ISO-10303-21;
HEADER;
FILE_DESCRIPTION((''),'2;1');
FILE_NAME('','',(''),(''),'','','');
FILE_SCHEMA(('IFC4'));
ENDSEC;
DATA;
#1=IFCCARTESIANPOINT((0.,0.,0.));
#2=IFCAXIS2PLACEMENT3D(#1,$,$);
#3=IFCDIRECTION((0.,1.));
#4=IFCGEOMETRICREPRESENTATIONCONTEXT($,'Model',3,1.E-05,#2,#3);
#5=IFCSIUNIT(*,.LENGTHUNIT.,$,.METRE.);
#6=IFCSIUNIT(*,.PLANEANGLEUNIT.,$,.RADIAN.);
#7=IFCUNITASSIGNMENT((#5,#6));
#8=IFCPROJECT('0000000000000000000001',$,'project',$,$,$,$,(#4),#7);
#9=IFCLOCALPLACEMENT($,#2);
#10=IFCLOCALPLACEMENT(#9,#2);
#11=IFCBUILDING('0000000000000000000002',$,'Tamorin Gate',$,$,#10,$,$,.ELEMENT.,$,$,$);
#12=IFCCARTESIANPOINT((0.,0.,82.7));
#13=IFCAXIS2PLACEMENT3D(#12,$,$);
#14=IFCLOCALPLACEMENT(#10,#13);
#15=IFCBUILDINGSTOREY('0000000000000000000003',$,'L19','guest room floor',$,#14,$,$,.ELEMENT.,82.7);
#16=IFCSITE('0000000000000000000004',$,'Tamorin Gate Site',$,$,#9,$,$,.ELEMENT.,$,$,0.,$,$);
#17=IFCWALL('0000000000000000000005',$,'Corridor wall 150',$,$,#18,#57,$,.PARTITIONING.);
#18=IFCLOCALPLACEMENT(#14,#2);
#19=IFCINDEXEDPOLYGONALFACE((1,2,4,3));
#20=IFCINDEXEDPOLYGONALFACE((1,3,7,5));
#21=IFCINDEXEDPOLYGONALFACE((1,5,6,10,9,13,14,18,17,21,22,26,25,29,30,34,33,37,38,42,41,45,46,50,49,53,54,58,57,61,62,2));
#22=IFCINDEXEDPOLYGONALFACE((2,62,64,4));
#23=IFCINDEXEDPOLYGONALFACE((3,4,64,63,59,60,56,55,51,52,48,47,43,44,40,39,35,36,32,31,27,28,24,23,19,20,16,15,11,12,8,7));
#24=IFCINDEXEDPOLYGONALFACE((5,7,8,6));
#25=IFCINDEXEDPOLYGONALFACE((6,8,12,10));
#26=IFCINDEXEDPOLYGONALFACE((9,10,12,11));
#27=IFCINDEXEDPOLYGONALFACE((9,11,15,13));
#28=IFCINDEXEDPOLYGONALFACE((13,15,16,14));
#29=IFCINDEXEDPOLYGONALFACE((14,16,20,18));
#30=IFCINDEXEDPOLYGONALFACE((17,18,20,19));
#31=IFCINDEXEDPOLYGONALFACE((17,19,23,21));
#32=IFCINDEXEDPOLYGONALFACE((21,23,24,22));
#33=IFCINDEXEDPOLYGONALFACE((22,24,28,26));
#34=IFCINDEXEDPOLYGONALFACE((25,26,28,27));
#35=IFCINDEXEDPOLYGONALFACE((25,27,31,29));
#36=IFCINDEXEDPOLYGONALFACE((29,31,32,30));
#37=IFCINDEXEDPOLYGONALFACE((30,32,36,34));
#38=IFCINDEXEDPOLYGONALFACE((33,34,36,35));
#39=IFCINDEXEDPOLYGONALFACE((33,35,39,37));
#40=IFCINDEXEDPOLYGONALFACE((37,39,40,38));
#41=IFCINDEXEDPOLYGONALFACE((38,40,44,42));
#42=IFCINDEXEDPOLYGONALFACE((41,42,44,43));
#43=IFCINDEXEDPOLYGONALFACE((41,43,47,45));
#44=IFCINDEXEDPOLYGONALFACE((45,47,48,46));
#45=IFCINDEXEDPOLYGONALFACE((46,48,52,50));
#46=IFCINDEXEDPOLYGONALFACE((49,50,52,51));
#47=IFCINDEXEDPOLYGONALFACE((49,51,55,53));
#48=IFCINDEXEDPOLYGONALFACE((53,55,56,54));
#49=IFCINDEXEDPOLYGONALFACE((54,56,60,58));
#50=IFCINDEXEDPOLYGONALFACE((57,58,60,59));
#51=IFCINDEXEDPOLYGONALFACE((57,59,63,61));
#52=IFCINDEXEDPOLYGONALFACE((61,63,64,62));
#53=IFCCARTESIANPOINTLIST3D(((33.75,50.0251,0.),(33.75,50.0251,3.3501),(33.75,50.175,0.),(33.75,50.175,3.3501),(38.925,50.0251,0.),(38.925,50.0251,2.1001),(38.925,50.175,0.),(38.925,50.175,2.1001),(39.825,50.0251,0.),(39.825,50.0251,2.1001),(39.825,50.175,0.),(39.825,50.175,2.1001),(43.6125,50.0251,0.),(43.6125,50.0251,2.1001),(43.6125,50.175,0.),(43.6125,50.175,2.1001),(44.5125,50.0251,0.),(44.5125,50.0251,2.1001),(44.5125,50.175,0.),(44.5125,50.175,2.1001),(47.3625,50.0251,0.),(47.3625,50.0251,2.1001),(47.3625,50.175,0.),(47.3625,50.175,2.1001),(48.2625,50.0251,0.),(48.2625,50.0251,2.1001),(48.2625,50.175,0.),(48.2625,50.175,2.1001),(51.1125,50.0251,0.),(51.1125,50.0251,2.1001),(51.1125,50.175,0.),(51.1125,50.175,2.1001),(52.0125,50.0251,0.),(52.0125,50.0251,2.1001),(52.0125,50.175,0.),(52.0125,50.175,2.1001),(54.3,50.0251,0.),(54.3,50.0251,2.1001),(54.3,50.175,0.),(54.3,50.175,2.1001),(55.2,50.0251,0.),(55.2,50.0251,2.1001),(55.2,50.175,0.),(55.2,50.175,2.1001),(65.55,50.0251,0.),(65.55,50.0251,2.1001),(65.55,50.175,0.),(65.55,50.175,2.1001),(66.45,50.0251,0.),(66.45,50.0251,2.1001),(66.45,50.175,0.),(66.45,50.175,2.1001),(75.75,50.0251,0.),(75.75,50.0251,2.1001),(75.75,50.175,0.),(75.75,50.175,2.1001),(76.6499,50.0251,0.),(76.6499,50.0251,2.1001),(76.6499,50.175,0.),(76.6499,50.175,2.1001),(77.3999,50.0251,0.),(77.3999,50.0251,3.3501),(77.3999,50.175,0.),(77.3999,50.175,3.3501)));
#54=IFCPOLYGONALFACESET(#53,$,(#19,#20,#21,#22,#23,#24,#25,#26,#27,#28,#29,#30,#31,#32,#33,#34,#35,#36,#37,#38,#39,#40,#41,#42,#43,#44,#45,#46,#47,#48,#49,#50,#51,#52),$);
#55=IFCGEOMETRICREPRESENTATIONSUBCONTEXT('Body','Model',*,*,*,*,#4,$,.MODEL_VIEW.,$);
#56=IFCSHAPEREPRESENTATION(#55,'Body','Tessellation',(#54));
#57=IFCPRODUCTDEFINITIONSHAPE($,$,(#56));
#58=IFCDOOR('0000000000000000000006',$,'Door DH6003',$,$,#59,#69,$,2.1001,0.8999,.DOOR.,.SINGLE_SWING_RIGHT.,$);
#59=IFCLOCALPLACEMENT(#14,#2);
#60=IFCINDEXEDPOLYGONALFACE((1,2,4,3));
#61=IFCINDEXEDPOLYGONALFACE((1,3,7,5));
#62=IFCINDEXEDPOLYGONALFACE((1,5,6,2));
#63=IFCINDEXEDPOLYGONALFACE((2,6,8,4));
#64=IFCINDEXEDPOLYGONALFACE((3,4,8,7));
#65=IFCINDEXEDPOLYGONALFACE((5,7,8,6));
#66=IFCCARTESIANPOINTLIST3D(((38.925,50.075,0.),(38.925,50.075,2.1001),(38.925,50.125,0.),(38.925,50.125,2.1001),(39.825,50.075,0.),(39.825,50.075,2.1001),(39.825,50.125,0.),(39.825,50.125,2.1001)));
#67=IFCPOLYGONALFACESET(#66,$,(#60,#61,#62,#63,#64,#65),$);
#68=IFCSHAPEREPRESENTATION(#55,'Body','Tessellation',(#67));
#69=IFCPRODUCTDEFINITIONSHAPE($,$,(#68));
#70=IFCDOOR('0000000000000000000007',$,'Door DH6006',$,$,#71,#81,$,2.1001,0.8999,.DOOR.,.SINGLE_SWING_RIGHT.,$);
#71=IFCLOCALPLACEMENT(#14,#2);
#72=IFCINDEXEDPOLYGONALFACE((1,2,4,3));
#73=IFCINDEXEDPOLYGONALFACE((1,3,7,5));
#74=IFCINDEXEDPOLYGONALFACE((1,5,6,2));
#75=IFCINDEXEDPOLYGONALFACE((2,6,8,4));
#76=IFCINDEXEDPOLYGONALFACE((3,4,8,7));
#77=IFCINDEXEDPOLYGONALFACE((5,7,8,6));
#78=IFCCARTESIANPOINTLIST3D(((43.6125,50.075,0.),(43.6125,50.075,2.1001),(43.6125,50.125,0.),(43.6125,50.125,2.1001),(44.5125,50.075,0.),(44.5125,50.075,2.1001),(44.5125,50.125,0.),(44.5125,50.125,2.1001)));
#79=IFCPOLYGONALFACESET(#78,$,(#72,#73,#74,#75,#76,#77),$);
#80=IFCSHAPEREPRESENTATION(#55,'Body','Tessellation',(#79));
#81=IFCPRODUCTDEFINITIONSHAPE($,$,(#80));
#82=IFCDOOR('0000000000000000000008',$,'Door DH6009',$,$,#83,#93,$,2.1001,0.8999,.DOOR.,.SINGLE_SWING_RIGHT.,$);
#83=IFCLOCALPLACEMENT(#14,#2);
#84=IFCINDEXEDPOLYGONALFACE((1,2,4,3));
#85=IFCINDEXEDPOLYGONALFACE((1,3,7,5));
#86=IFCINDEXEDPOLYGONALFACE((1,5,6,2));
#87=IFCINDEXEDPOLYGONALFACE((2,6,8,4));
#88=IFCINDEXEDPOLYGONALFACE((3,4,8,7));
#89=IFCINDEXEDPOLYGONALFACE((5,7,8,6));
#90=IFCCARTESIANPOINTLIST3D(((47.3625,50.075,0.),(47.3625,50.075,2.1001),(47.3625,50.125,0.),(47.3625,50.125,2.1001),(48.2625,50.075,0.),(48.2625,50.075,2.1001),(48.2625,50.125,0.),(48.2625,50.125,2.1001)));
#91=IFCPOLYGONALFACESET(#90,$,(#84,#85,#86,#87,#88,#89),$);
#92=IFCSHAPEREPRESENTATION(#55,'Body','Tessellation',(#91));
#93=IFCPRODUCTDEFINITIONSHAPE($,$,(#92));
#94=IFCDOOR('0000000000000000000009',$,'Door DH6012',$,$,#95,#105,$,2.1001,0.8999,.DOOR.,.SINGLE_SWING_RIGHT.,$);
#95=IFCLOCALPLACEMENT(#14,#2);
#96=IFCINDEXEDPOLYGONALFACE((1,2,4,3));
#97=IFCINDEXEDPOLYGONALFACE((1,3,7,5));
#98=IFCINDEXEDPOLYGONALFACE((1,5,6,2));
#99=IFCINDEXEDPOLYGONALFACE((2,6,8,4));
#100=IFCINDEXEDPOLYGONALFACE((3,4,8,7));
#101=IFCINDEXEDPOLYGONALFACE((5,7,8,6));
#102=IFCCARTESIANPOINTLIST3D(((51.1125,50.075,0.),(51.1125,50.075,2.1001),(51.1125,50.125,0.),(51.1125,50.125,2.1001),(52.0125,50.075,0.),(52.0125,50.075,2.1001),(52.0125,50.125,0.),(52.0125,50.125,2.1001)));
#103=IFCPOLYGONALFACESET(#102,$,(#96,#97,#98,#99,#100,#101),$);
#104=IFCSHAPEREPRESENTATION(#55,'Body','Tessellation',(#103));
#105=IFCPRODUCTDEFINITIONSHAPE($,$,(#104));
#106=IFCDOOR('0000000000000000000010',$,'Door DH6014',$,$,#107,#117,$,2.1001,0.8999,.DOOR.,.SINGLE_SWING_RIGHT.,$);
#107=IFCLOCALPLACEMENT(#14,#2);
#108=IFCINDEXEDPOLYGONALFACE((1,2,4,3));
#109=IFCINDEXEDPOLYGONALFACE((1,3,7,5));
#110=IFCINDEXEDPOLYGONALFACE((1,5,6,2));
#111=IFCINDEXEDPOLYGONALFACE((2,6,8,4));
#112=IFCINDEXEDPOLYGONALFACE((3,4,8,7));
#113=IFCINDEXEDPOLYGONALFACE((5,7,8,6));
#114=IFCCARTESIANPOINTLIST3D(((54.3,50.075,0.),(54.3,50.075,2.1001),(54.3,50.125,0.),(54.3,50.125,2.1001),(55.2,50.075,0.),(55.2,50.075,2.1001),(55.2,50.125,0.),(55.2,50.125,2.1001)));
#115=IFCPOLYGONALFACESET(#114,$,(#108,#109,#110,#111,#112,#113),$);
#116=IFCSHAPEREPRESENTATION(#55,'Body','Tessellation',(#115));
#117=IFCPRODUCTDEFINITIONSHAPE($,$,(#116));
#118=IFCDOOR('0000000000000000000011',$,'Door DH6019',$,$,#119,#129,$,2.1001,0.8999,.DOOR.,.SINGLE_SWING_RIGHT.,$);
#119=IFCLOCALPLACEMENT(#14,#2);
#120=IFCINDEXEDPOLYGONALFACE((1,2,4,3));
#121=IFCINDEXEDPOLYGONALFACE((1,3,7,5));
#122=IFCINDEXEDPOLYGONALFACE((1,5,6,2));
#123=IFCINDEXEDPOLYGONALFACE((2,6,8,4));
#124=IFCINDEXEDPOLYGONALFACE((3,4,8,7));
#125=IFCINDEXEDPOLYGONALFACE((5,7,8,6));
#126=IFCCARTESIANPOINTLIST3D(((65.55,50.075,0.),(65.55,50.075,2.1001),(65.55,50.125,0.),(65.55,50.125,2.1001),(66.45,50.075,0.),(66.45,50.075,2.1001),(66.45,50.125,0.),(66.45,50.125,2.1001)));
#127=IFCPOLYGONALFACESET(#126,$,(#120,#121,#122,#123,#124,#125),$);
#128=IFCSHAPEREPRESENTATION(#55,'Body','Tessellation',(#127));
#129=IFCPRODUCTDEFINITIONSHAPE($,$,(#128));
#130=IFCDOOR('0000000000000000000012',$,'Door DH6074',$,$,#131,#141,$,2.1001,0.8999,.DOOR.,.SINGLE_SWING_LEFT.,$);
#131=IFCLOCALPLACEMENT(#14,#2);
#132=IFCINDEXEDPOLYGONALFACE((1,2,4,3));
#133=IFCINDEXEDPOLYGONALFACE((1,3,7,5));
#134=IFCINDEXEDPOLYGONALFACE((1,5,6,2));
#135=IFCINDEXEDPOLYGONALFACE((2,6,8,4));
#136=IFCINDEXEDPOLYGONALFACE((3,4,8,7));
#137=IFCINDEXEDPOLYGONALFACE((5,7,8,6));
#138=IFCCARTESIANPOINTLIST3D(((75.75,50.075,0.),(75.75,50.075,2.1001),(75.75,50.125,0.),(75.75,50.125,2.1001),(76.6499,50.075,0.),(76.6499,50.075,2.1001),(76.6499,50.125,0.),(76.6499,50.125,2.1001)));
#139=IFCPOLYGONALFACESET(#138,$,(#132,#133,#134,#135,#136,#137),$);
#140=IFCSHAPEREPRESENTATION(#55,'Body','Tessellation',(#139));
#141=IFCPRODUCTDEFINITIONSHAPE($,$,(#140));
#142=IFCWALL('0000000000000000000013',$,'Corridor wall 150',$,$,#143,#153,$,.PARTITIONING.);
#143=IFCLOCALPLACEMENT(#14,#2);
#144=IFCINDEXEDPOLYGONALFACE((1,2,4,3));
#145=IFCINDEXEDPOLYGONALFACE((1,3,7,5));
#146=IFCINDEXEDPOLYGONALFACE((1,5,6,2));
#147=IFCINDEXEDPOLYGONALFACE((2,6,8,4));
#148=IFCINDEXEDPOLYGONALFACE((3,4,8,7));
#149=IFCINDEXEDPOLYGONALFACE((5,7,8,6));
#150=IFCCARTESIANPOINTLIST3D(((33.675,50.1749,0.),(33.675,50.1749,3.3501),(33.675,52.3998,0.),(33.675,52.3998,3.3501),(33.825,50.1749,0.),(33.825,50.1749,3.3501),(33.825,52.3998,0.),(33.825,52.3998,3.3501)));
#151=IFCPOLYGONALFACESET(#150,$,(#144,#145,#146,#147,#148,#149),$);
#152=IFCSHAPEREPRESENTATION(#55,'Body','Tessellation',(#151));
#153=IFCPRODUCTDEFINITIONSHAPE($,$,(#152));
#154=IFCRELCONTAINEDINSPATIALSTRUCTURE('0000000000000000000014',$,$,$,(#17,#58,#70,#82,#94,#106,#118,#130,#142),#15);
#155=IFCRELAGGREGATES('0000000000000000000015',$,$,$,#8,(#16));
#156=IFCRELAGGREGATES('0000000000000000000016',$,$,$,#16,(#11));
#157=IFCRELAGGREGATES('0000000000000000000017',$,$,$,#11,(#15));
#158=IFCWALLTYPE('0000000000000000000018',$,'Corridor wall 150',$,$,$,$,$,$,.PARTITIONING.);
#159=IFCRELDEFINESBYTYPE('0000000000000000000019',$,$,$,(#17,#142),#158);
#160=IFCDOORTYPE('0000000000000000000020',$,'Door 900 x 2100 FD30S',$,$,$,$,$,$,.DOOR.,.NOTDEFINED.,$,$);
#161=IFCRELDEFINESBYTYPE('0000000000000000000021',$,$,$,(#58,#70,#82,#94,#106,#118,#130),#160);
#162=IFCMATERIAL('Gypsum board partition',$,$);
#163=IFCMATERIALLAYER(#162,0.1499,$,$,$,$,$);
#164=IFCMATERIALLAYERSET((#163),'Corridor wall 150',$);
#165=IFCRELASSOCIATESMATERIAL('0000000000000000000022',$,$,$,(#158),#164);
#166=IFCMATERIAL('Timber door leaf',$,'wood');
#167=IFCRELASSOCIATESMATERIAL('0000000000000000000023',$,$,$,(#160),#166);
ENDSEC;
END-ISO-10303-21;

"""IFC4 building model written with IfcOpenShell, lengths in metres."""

from ifc_helpers import new_model, si_unit, direction, frame, frame_2d, origin, place, context, subcontext, project, spatial, rectangle, extrude, material, layer, layer_set, type_object, element, fill, save


model = new_model("IFC4")

# Units and contexts
model_context = context("Model", 3, precision=1e-05, world=origin(), true_north=direction((0.0, 1.0)))
body_context = subcontext(model_context, "Body", "Model", "MODEL_VIEW")
ifc_project = project(units=[si_unit("LENGTHUNIT", "METRE"), si_unit("PLANEANGLEUNIT", "RADIAN")], contexts=[model_context])

# Site, building, storey
site_placement = place(None, origin())
site = spatial("IfcSite", under=ifc_project, at=site_placement, Name="Tamorin Gate Site", CompositionType="ELEMENT", RefElevation=0.0)
building_placement = place(site_placement, origin())
building = spatial("IfcBuilding", under=site, at=building_placement, Name="Tamorin Gate", CompositionType="ELEMENT")
storey_placement = place(building_placement, frame((0.0, 0.0, 82.7)))
storey = spatial("IfcBuildingStorey", under=building, at=storey_placement, Name="L19", Description="guest room floor", CompositionType="ELEMENT", Elevation=82.7)

# Wall, openings, doors
ifc_material_1 = material(Name="Gypsum board partition")
ifc_layer_1 = layer(ifc_material_1, 0.1499)
ifc_layer_set_1 = layer_set([ifc_layer_1], Name="Corridor wall 150")
wall_type_1 = type_object("IfcWallType", Name="Corridor wall 150", PredefinedType="PARTITIONING", material=ifc_layer_set_1)
wall_1_placement = place(storey_placement, frame((33.75, 50.1001, 0.0), z_axis=(0.0, 0.0, 1.0), x_axis=(1.0, 0.0, 0.0)))
wall_1 = element("IfcWall", 1, at=wall_1_placement, inside=storey, type_object=wall_type_1, Name="Corridor wall 150", PredefinedType="PARTITIONING", context=body_context, shape_type="SweptSolid", body=[
    extrude(rectangle(XDim=43.6499, YDim=0.1499, at=frame_2d((21.825, 0.0))), origin(), (0.0, 0.0, 1.0), 3.3501),
])
opening_1_placement = place(wall_1_placement, frame((5.175, 0.0, 0.0)))
opening_1 = element("IfcOpeningElement", 2, at=opening_1_placement, cuts=wall_1, PredefinedType="OPENING", context=body_context, shape_type="SweptSolid", body=[
    extrude(rectangle(XDim=0.8999, YDim=2.1001, at=frame_2d((0.45, 1.05))), frame((0.0, 0.085, 0.0), z_axis=(0.0, -1.0, 0.0), x_axis=(1.0, 0.0, 0.0)), (0.0, 0.0, 1.0), 0.1699),
])
opening_2_placement = place(wall_1_placement, frame((9.8625, 0.0, 0.0)))
opening_2 = element("IfcOpeningElement", 3, at=opening_2_placement, cuts=wall_1, PredefinedType="OPENING", context=body_context, shape_type="SweptSolid", body=[
    extrude(rectangle(XDim=0.8999, YDim=2.1001, at=frame_2d((0.45, 1.05))), frame((0.0, 0.085, 0.0), z_axis=(0.0, -1.0, 0.0), x_axis=(1.0, 0.0, 0.0)), (0.0, 0.0, 1.0), 0.1699),
])
opening_3_placement = place(wall_1_placement, frame((13.6125, 0.0, 0.0)))
opening_3 = element("IfcOpeningElement", 4, at=opening_3_placement, cuts=wall_1, PredefinedType="OPENING", context=body_context, shape_type="SweptSolid", body=[
    extrude(rectangle(XDim=0.8999, YDim=2.1001, at=frame_2d((0.45, 1.05))), frame((0.0, 0.085, 0.0), z_axis=(0.0, -1.0, 0.0), x_axis=(1.0, 0.0, 0.0)), (0.0, 0.0, 1.0), 0.1699),
])
opening_4_placement = place(wall_1_placement, frame((17.3625, 0.0, 0.0)))
opening_4 = element("IfcOpeningElement", 5, at=opening_4_placement, cuts=wall_1, PredefinedType="OPENING", context=body_context, shape_type="SweptSolid", body=[
    extrude(rectangle(XDim=0.8999, YDim=2.1001, at=frame_2d((0.45, 1.05))), frame((0.0, 0.085, 0.0), z_axis=(0.0, -1.0, 0.0), x_axis=(1.0, 0.0, 0.0)), (0.0, 0.0, 1.0), 0.1699),
])
opening_5_placement = place(wall_1_placement, frame((20.55, 0.0, 0.0)))
opening_5 = element("IfcOpeningElement", 6, at=opening_5_placement, cuts=wall_1, PredefinedType="OPENING", context=body_context, shape_type="SweptSolid", body=[
    extrude(rectangle(XDim=0.8999, YDim=2.1001, at=frame_2d((0.45, 1.05))), frame((0.0, 0.085, 0.0), z_axis=(0.0, -1.0, 0.0), x_axis=(1.0, 0.0, 0.0)), (0.0, 0.0, 1.0), 0.1699),
])
opening_6_placement = place(wall_1_placement, frame((31.8, 0.0, 0.0)))
opening_6 = element("IfcOpeningElement", 7, at=opening_6_placement, cuts=wall_1, PredefinedType="OPENING", context=body_context, shape_type="SweptSolid", body=[
    extrude(rectangle(XDim=0.8999, YDim=2.1001, at=frame_2d((0.45, 1.05))), frame((0.0, 0.085, 0.0), z_axis=(0.0, -1.0, 0.0), x_axis=(1.0, 0.0, 0.0)), (0.0, 0.0, 1.0), 0.1699),
])
opening_7_placement = place(wall_1_placement, frame((42.0, 0.0, 0.0)))
opening_7 = element("IfcOpeningElement", 8, at=opening_7_placement, cuts=wall_1, PredefinedType="OPENING", context=body_context, shape_type="SweptSolid", body=[
    extrude(rectangle(XDim=0.8999, YDim=2.1001, at=frame_2d((0.45, 1.05))), frame((0.0, 0.085, 0.0), z_axis=(0.0, -1.0, 0.0), x_axis=(1.0, 0.0, 0.0)), (0.0, 0.0, 1.0), 0.1699),
])
ifc_material_2 = material(Name="Timber door leaf", Category="wood")
door_type_1 = type_object("IfcDoorType", Name="Door 900 x 2100 FD30S", OperationType="NOTDEFINED", PredefinedType="DOOR", material=ifc_material_2)
door_1_placement = place(opening_1_placement, origin())
door_1 = element("IfcDoor", 9, at=door_1_placement, inside=storey, type_object=door_type_1, Name="Door DH6003", OperationType="SINGLE_SWING_RIGHT", OverallHeight=2.1001, OverallWidth=0.8999, PredefinedType="DOOR", context=body_context, shape_type="SweptSolid", body=[
    extrude(rectangle(XDim=0.8999, YDim=2.1001, at=frame_2d((0.45, 1.05))), frame((0.0, 0.0249, 0.0), z_axis=(0.0, -1.0, 0.0), x_axis=(1.0, 0.0, 0.0)), (0.0, 0.0, 1.0), 0.05),
])
fill(opening_1, door_1)
door_2_placement = place(opening_2_placement, origin())
door_2 = element("IfcDoor", 10, at=door_2_placement, inside=storey, type_object=door_type_1, Name="Door DH6006", OperationType="SINGLE_SWING_RIGHT", OverallHeight=2.1001, OverallWidth=0.8999, PredefinedType="DOOR", context=body_context, shape_type="SweptSolid", body=[
    extrude(rectangle(XDim=0.8999, YDim=2.1001, at=frame_2d((0.45, 1.05))), frame((0.0, 0.0249, 0.0), z_axis=(0.0, -1.0, 0.0), x_axis=(1.0, 0.0, 0.0)), (0.0, 0.0, 1.0), 0.05),
])
fill(opening_2, door_2)
door_3_placement = place(opening_3_placement, origin())
door_3 = element("IfcDoor", 11, at=door_3_placement, inside=storey, type_object=door_type_1, Name="Door DH6009", OperationType="SINGLE_SWING_RIGHT", OverallHeight=2.1001, OverallWidth=0.8999, PredefinedType="DOOR", context=body_context, shape_type="SweptSolid", body=[
    extrude(rectangle(XDim=0.8999, YDim=2.1001, at=frame_2d((0.45, 1.05))), frame((0.0, 0.0249, 0.0), z_axis=(0.0, -1.0, 0.0), x_axis=(1.0, 0.0, 0.0)), (0.0, 0.0, 1.0), 0.05),
])
fill(opening_3, door_3)
door_4_placement = place(opening_4_placement, origin())
door_4 = element("IfcDoor", 12, at=door_4_placement, inside=storey, type_object=door_type_1, Name="Door DH6012", OperationType="SINGLE_SWING_RIGHT", OverallHeight=2.1001, OverallWidth=0.8999, PredefinedType="DOOR", context=body_context, shape_type="SweptSolid", body=[
    extrude(rectangle(XDim=0.8999, YDim=2.1001, at=frame_2d((0.45, 1.05))), frame((0.0, 0.0249, 0.0), z_axis=(0.0, -1.0, 0.0), x_axis=(1.0, 0.0, 0.0)), (0.0, 0.0, 1.0), 0.05),
])
fill(opening_4, door_4)
door_5_placement = place(opening_5_placement, origin())
door_5 = element("IfcDoor", 13, at=door_5_placement, inside=storey, type_object=door_type_1, Name="Door DH6014", OperationType="SINGLE_SWING_RIGHT", OverallHeight=2.1001, OverallWidth=0.8999, PredefinedType="DOOR", context=body_context, shape_type="SweptSolid", body=[
    extrude(rectangle(XDim=0.8999, YDim=2.1001, at=frame_2d((0.45, 1.05))), frame((0.0, 0.0249, 0.0), z_axis=(0.0, -1.0, 0.0), x_axis=(1.0, 0.0, 0.0)), (0.0, 0.0, 1.0), 0.05),
])
fill(opening_5, door_5)
door_6_placement = place(opening_6_placement, origin())
door_6 = element("IfcDoor", 14, at=door_6_placement, inside=storey, type_object=door_type_1, Name="Door DH6019", OperationType="SINGLE_SWING_RIGHT", OverallHeight=2.1001, OverallWidth=0.8999, PredefinedType="DOOR", context=body_context, shape_type="SweptSolid", body=[
    extrude(rectangle(XDim=0.8999, YDim=2.1001, at=frame_2d((0.45, 1.05))), frame((0.0, 0.0249, 0.0), z_axis=(0.0, -1.0, 0.0), x_axis=(1.0, 0.0, 0.0)), (0.0, 0.0, 1.0), 0.05),
])
fill(opening_6, door_6)
door_7_placement = place(opening_7_placement, origin())
door_7 = element("IfcDoor", 15, at=door_7_placement, inside=storey, type_object=door_type_1, Name="Door DH6074", OperationType="SINGLE_SWING_LEFT", OverallHeight=2.1001, OverallWidth=0.8999, PredefinedType="DOOR", context=body_context, shape_type="SweptSolid", body=[
    extrude(rectangle(XDim=0.8999, YDim=2.1001, at=frame_2d((0.45, 1.05))), frame((0.0, 0.0249, 0.0), z_axis=(0.0, -1.0, 0.0), x_axis=(1.0, 0.0, 0.0)), (0.0, 0.0, 1.0), 0.05),
])
fill(opening_7, door_7)

# Wall
wall_2_placement = place(storey_placement, frame((33.75, 50.175, 0.0), z_axis=(0.0, 0.0, 1.0), x_axis=(0.0, 1.0, 0.0)))
element("IfcWall", 16, at=wall_2_placement, inside=storey, type_object=wall_type_1, Name="Corridor wall 150", PredefinedType="PARTITIONING", context=body_context, shape_type="SweptSolid", body=[
    extrude(rectangle(XDim=2.2249, YDim=0.1499, at=frame_2d((1.1123, 0.0))), origin(), (0.0, 0.0, 1.0), 3.3501),
])

save(model, "model.ifc")
